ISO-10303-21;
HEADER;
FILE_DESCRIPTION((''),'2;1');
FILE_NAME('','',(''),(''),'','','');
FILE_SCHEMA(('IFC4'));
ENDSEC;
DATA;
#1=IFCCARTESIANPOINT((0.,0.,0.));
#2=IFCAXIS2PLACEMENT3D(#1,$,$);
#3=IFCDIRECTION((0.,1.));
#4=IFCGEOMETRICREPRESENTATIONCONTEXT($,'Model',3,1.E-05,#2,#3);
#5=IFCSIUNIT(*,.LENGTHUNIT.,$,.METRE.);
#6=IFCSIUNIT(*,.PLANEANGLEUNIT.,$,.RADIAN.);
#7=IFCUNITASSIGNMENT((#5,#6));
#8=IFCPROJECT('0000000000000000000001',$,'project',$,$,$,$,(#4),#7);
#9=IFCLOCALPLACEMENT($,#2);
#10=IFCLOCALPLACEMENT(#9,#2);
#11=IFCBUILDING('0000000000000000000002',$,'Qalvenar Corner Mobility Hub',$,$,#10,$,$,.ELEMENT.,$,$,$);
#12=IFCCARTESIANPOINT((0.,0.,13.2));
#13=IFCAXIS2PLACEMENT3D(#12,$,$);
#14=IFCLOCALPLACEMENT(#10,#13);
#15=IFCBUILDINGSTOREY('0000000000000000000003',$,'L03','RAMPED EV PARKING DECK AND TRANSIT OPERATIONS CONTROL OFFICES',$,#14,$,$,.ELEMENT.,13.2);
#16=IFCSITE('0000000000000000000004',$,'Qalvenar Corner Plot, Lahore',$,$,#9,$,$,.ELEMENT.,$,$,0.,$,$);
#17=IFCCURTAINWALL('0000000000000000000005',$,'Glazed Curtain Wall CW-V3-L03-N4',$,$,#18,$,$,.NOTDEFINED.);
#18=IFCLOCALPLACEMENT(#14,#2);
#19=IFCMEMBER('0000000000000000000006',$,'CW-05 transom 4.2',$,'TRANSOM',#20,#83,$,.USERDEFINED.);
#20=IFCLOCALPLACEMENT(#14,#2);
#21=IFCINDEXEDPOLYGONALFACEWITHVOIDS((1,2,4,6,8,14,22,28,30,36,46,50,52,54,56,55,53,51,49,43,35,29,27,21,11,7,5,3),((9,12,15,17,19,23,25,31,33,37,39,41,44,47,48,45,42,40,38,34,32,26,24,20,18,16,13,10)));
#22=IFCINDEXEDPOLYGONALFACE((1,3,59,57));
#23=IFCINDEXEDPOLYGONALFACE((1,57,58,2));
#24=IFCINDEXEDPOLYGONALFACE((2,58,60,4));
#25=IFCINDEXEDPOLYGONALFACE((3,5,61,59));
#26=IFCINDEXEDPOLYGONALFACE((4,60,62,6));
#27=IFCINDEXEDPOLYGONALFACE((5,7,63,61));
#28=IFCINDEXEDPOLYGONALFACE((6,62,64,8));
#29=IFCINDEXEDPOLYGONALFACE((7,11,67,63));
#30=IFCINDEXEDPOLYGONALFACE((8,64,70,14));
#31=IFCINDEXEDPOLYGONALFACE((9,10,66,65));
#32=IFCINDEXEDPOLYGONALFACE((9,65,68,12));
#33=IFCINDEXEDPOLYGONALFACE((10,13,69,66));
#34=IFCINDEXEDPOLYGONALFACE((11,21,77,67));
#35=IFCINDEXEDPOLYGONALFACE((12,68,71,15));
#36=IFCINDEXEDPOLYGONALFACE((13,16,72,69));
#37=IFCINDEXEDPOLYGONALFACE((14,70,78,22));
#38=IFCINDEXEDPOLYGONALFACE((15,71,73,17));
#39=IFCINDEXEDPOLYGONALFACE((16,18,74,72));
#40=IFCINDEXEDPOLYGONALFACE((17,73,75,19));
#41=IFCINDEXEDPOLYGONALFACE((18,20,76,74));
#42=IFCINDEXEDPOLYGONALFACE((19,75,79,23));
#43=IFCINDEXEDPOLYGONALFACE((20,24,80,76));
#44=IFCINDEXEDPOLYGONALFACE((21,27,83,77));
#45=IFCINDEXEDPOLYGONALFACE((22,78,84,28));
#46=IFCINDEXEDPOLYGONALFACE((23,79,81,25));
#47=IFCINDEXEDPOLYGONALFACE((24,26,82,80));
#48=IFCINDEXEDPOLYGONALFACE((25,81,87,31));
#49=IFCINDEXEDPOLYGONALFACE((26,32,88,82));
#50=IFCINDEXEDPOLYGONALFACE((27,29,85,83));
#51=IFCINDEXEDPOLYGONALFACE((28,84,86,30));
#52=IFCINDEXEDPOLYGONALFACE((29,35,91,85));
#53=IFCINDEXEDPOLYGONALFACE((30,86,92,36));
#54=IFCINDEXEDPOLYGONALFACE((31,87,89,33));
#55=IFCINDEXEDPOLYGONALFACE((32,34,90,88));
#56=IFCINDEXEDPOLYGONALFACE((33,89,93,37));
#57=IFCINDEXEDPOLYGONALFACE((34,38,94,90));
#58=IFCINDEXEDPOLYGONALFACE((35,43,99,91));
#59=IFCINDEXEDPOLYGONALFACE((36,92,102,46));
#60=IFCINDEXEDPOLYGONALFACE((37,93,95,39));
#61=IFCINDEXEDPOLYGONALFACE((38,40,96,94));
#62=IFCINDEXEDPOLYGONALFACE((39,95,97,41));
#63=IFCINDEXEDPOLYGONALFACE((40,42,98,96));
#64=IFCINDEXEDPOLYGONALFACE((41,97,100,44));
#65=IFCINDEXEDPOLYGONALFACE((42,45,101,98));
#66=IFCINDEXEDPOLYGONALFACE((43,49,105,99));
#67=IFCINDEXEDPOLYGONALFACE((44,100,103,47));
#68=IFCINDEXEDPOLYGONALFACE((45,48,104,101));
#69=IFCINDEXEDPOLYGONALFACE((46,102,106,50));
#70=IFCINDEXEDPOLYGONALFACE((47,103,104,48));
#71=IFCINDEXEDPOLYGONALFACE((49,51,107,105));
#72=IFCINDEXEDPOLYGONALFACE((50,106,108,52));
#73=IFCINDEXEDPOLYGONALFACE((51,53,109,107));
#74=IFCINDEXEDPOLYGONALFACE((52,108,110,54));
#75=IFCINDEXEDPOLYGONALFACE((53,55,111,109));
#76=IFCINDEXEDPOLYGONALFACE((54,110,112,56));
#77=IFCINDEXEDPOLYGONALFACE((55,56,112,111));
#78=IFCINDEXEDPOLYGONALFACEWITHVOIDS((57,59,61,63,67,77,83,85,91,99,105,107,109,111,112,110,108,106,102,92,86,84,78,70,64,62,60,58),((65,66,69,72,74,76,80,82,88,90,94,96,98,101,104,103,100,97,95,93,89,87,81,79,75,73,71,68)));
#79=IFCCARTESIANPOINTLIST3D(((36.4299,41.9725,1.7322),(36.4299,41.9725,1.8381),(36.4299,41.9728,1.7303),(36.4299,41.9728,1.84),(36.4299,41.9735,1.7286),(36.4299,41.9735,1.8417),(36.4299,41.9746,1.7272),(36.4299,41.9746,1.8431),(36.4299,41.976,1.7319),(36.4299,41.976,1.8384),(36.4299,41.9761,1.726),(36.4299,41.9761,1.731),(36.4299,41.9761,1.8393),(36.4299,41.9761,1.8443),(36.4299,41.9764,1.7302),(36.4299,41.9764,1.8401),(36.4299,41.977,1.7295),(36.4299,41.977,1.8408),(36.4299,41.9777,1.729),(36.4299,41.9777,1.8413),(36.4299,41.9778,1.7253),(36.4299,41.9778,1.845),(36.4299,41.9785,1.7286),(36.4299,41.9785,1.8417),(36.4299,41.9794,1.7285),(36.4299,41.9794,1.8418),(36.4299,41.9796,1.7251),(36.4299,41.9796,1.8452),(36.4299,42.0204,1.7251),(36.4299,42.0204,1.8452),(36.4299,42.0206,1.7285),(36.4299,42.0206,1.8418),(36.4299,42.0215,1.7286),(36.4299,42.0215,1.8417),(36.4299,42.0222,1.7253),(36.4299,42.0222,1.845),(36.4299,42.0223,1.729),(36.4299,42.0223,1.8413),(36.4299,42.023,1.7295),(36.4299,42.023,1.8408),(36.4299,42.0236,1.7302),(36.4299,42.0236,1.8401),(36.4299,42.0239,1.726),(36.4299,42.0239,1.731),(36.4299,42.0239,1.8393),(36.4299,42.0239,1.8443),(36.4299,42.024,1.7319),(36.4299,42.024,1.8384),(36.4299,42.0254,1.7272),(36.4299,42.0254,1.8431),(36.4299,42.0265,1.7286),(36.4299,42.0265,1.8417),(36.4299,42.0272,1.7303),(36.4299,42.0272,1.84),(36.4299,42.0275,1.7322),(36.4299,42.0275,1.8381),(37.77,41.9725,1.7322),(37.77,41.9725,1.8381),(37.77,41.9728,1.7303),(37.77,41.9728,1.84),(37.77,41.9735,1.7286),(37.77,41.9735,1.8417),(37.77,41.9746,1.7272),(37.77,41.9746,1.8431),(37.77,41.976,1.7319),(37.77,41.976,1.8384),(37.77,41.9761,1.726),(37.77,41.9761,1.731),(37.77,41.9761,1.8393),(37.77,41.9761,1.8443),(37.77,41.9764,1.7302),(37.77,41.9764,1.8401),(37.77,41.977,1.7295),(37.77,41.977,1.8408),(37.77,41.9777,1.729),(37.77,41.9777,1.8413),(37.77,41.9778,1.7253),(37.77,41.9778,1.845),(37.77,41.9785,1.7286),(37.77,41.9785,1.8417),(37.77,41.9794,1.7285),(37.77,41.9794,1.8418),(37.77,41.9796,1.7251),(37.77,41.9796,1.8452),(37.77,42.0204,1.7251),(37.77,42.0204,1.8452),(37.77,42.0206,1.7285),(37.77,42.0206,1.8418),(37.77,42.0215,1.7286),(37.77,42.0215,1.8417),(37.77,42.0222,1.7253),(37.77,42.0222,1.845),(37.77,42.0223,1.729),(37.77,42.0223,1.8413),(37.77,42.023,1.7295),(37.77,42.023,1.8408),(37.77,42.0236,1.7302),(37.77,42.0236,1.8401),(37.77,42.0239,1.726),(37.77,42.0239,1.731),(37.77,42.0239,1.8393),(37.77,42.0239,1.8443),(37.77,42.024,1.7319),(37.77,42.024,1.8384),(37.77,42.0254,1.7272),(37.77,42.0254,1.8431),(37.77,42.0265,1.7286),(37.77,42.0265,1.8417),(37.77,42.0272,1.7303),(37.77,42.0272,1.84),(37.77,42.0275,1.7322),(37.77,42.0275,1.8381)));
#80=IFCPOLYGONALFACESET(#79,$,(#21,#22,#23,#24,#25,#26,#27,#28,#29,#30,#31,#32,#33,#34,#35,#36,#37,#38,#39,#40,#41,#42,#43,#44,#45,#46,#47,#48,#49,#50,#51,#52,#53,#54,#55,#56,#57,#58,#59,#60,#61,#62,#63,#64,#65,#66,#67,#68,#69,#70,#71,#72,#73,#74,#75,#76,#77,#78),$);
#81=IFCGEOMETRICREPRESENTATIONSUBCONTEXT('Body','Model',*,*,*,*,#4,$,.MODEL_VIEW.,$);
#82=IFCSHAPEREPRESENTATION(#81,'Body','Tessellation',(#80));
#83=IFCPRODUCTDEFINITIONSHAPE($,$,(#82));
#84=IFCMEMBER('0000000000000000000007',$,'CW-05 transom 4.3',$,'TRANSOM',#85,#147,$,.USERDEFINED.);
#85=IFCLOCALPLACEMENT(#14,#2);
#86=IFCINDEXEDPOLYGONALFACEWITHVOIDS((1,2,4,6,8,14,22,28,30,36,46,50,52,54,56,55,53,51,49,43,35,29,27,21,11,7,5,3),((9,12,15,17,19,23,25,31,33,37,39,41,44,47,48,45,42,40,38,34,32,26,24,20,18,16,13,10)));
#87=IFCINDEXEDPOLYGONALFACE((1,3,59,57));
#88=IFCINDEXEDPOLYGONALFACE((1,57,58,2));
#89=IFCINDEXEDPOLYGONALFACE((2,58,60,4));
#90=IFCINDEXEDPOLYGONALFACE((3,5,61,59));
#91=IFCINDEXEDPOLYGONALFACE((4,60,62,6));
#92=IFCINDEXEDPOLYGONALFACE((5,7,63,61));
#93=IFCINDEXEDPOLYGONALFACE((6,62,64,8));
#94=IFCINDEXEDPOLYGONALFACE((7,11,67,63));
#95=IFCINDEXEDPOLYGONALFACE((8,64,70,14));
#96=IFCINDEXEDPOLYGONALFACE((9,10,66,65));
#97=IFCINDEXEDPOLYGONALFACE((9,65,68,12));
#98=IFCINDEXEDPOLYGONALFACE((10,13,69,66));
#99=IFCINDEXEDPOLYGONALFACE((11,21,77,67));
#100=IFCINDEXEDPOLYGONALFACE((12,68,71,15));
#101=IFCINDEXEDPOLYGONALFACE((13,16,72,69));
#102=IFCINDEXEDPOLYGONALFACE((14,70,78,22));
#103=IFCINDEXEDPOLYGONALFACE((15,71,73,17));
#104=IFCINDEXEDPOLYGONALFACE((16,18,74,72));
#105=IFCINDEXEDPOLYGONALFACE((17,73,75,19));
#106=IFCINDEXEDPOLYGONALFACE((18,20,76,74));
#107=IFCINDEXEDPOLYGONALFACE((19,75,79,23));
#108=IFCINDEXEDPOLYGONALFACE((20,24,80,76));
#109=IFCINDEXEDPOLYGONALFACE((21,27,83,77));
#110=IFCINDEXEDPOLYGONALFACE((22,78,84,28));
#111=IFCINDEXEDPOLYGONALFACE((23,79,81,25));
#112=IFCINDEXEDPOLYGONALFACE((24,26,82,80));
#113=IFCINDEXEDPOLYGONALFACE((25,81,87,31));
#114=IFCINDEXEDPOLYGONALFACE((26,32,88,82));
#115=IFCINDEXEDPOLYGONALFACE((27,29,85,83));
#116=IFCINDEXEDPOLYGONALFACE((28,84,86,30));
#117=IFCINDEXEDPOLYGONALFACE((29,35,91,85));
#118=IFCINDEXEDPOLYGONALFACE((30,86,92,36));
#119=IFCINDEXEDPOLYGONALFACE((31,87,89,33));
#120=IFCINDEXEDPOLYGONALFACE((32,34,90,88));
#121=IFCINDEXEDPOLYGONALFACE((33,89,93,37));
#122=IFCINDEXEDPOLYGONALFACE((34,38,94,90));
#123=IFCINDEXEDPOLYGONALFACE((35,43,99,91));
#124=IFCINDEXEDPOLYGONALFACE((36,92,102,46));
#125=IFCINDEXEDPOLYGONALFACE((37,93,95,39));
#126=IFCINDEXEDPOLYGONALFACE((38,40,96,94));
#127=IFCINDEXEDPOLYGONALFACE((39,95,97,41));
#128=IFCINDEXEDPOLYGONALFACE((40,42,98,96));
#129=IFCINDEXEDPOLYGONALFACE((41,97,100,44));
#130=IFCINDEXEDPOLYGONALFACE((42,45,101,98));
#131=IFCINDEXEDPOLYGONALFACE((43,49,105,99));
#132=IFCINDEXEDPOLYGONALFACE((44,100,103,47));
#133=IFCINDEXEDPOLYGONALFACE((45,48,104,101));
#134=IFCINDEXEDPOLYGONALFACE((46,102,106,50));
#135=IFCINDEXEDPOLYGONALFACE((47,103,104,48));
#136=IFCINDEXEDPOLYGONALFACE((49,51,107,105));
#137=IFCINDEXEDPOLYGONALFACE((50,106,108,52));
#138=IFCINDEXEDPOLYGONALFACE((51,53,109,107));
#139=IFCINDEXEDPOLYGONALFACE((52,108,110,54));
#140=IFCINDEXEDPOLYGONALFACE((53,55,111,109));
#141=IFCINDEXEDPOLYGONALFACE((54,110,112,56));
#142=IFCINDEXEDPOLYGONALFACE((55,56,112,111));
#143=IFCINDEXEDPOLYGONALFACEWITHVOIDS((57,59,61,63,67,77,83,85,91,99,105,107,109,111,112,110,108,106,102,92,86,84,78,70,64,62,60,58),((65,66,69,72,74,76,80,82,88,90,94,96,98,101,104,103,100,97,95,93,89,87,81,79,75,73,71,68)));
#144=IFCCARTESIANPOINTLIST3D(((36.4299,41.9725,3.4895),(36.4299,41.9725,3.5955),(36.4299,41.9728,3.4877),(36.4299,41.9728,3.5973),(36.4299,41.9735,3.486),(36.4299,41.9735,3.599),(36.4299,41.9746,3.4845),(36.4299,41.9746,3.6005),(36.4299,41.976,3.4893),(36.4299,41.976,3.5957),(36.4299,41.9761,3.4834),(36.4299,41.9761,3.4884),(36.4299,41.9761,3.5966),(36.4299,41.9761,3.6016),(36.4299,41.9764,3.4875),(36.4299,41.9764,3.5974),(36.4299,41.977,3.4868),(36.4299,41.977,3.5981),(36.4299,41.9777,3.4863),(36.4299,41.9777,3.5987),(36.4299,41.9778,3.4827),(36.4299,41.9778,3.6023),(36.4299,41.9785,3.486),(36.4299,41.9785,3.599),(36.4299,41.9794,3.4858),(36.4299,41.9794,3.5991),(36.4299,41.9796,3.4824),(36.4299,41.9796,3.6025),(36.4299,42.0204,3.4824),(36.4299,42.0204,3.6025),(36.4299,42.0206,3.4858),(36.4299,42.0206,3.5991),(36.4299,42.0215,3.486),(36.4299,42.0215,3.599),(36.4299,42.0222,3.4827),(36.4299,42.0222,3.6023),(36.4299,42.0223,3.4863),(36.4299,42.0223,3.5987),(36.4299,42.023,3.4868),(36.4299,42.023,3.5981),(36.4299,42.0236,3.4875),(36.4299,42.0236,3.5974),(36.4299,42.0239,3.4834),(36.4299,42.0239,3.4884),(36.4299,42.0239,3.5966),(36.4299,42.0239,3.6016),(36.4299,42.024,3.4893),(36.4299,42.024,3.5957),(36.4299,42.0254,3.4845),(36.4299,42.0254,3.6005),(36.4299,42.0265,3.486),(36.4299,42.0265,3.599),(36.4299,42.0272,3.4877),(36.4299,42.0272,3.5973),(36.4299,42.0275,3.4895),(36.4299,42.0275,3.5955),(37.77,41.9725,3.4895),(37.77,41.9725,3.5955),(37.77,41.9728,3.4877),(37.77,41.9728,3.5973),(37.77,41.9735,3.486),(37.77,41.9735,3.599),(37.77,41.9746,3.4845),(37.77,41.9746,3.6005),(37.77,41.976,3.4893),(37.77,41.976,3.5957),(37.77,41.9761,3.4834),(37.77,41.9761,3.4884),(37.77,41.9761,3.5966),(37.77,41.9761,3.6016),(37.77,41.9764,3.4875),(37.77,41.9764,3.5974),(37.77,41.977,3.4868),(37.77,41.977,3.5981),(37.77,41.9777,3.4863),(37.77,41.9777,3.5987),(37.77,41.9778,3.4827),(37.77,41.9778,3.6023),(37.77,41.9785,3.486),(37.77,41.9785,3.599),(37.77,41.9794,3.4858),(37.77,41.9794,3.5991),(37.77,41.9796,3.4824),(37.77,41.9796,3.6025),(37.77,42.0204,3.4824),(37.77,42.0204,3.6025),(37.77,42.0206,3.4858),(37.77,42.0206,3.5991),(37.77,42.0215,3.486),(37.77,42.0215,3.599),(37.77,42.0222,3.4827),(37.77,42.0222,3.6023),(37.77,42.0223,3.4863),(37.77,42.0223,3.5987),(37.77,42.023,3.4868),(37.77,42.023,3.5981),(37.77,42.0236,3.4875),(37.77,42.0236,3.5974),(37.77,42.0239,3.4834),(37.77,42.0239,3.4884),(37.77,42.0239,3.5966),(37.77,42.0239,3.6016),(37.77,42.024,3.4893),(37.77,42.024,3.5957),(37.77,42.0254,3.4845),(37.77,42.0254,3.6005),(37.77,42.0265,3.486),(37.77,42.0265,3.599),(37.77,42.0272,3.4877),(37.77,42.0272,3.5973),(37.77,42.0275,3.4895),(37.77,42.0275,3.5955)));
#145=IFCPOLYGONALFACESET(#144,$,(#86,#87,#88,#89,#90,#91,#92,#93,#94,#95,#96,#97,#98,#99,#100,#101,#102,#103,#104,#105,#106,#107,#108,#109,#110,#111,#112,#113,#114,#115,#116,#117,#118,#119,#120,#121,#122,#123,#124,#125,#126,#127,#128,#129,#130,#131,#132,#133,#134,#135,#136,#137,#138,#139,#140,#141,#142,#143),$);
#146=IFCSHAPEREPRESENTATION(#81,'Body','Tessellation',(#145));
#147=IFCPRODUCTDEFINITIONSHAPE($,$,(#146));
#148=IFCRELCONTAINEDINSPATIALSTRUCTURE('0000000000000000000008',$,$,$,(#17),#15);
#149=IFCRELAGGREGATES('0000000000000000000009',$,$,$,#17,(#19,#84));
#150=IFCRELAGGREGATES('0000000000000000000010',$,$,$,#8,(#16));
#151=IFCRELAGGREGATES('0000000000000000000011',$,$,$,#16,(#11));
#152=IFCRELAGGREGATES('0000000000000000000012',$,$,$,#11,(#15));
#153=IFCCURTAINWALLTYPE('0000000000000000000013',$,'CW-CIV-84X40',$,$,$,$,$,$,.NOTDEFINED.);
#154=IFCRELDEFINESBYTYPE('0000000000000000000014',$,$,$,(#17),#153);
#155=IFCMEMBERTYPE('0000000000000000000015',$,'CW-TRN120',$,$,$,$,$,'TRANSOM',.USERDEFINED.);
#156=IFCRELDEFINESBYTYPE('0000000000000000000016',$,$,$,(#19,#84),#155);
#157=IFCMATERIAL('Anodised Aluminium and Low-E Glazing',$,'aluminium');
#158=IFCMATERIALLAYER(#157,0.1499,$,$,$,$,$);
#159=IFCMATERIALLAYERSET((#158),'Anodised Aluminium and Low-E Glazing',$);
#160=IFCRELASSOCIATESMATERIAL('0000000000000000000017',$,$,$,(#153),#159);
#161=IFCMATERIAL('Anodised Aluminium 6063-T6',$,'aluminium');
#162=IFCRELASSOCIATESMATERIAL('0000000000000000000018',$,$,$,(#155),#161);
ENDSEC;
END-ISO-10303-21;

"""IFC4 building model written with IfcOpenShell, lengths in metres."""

from ifc_helpers import new_model, si_unit, direction, frame, origin, origin_2d, place, context, subcontext, project, spatial, hollow_rectangle, extrude, material, layer, layer_set, material_profile, profile_set, type_object, element, aggregate, save


model = new_model("IFC4")

# Units and contexts
model_context = context("Model", 3, precision=1e-05, world=origin(), true_north=direction((0.0, 1.0)))
body_context = subcontext(model_context, "Body", "Model", "MODEL_VIEW")
ifc_project = project(units=[si_unit("LENGTHUNIT", "METRE"), si_unit("PLANEANGLEUNIT", "RADIAN")], contexts=[model_context])

# Site, building, storey
site_placement = place(None, origin())
site = spatial("IfcSite", under=ifc_project, at=site_placement, Name="Qalvenar Corner Plot, Lahore", CompositionType="ELEMENT", RefElevation=0.0)
building_placement = place(site_placement, origin())
building = spatial("IfcBuilding", under=site, at=building_placement, Name="Qalvenar Corner Mobility Hub", CompositionType="ELEMENT")
storey_placement = place(building_placement, frame((0.0, 0.0, 13.2)))
storey = spatial("IfcBuildingStorey", under=building, at=storey_placement, Name="L03", Description="RAMPED EV PARKING DECK AND TRANSIT OPERATIONS CONTROL OFFICES", CompositionType="ELEMENT", Elevation=13.2)

# Curtain wall, members
ifc_material_1 = material(Name="Anodised Aluminium and Low-E Glazing", Category="aluminium")
ifc_layer_1 = layer(ifc_material_1, 0.1499)
ifc_layer_set_1 = layer_set([ifc_layer_1], Name="Anodised Aluminium and Low-E Glazing")
curtain_wall_type = type_object("IfcCurtainWallType", Name="CW-CIV-84X40", PredefinedType="NOTDEFINED", material=ifc_layer_set_1)
curtain_wall_placement = place(storey_placement, origin())
curtain_wall = element("IfcCurtainWall", 1, at=curtain_wall_placement, inside=storey, type_object=curtain_wall_type, Name="Glazed Curtain Wall CW-V3-L03-N4", PredefinedType="NOTDEFINED")
ifc_material_2 = material(Name="Anodised Aluminium 6063-T6", Category="aluminium")
ifc_material_profile_1 = material_profile(ifc_material_2, hollow_rectangle(XDim=0.0549, YDim=0.1201, WallThickness=0.0034, InnerFilletRadius=0.0034, OuterFilletRadius=0.0071, at=origin_2d()), Name="RHS120x55x3.5")
ifc_profile_set_1 = profile_set([ifc_material_profile_1], Name="Anodised Aluminium 6063-T6")
member_type_1 = type_object("IfcMemberType", Name="CW-TRN120", ElementType="TRANSOM", PredefinedType="USERDEFINED", material=ifc_profile_set_1)
member_1_placement = place(storey_placement, frame((37.77, 42.0, 1.7852), z_axis=(-1.0, 0.0, 0.0), x_axis=(0.0, -1.0, 0.0)))
member_1 = element("IfcMember", 2, at=member_1_placement, type_object=member_type_1, Name="CW-05 transom 4.2", ObjectType="TRANSOM", PredefinedType="USERDEFINED", context=body_context, shape_type="SweptSolid", body=[
    extrude(hollow_rectangle(XDim=0.0549, YDim=0.1201, WallThickness=0.0034, InnerFilletRadius=0.0034, OuterFilletRadius=0.0071, at=origin_2d()), origin(), (0.0, 0.0, 1.0), 1.3401),
])
member_2_placement = place(storey_placement, frame((37.77, 42.0, 3.5425), z_axis=(-1.0, 0.0, 0.0), x_axis=(0.0, -1.0, 0.0)))
member_2 = element("IfcMember", 3, at=member_2_placement, type_object=member_type_1, Name="CW-05 transom 4.3", ObjectType="TRANSOM", PredefinedType="USERDEFINED", context=body_context, shape_type="SweptSolid", body=[
    extrude(hollow_rectangle(XDim=0.0549, YDim=0.1201, WallThickness=0.0034, InnerFilletRadius=0.0034, OuterFilletRadius=0.0071, at=origin_2d()), origin(), (0.0, 0.0, 1.0), 1.3401),
])
aggregate(curtain_wall, [member_1, member_2])

save(model, "model.ifc")
